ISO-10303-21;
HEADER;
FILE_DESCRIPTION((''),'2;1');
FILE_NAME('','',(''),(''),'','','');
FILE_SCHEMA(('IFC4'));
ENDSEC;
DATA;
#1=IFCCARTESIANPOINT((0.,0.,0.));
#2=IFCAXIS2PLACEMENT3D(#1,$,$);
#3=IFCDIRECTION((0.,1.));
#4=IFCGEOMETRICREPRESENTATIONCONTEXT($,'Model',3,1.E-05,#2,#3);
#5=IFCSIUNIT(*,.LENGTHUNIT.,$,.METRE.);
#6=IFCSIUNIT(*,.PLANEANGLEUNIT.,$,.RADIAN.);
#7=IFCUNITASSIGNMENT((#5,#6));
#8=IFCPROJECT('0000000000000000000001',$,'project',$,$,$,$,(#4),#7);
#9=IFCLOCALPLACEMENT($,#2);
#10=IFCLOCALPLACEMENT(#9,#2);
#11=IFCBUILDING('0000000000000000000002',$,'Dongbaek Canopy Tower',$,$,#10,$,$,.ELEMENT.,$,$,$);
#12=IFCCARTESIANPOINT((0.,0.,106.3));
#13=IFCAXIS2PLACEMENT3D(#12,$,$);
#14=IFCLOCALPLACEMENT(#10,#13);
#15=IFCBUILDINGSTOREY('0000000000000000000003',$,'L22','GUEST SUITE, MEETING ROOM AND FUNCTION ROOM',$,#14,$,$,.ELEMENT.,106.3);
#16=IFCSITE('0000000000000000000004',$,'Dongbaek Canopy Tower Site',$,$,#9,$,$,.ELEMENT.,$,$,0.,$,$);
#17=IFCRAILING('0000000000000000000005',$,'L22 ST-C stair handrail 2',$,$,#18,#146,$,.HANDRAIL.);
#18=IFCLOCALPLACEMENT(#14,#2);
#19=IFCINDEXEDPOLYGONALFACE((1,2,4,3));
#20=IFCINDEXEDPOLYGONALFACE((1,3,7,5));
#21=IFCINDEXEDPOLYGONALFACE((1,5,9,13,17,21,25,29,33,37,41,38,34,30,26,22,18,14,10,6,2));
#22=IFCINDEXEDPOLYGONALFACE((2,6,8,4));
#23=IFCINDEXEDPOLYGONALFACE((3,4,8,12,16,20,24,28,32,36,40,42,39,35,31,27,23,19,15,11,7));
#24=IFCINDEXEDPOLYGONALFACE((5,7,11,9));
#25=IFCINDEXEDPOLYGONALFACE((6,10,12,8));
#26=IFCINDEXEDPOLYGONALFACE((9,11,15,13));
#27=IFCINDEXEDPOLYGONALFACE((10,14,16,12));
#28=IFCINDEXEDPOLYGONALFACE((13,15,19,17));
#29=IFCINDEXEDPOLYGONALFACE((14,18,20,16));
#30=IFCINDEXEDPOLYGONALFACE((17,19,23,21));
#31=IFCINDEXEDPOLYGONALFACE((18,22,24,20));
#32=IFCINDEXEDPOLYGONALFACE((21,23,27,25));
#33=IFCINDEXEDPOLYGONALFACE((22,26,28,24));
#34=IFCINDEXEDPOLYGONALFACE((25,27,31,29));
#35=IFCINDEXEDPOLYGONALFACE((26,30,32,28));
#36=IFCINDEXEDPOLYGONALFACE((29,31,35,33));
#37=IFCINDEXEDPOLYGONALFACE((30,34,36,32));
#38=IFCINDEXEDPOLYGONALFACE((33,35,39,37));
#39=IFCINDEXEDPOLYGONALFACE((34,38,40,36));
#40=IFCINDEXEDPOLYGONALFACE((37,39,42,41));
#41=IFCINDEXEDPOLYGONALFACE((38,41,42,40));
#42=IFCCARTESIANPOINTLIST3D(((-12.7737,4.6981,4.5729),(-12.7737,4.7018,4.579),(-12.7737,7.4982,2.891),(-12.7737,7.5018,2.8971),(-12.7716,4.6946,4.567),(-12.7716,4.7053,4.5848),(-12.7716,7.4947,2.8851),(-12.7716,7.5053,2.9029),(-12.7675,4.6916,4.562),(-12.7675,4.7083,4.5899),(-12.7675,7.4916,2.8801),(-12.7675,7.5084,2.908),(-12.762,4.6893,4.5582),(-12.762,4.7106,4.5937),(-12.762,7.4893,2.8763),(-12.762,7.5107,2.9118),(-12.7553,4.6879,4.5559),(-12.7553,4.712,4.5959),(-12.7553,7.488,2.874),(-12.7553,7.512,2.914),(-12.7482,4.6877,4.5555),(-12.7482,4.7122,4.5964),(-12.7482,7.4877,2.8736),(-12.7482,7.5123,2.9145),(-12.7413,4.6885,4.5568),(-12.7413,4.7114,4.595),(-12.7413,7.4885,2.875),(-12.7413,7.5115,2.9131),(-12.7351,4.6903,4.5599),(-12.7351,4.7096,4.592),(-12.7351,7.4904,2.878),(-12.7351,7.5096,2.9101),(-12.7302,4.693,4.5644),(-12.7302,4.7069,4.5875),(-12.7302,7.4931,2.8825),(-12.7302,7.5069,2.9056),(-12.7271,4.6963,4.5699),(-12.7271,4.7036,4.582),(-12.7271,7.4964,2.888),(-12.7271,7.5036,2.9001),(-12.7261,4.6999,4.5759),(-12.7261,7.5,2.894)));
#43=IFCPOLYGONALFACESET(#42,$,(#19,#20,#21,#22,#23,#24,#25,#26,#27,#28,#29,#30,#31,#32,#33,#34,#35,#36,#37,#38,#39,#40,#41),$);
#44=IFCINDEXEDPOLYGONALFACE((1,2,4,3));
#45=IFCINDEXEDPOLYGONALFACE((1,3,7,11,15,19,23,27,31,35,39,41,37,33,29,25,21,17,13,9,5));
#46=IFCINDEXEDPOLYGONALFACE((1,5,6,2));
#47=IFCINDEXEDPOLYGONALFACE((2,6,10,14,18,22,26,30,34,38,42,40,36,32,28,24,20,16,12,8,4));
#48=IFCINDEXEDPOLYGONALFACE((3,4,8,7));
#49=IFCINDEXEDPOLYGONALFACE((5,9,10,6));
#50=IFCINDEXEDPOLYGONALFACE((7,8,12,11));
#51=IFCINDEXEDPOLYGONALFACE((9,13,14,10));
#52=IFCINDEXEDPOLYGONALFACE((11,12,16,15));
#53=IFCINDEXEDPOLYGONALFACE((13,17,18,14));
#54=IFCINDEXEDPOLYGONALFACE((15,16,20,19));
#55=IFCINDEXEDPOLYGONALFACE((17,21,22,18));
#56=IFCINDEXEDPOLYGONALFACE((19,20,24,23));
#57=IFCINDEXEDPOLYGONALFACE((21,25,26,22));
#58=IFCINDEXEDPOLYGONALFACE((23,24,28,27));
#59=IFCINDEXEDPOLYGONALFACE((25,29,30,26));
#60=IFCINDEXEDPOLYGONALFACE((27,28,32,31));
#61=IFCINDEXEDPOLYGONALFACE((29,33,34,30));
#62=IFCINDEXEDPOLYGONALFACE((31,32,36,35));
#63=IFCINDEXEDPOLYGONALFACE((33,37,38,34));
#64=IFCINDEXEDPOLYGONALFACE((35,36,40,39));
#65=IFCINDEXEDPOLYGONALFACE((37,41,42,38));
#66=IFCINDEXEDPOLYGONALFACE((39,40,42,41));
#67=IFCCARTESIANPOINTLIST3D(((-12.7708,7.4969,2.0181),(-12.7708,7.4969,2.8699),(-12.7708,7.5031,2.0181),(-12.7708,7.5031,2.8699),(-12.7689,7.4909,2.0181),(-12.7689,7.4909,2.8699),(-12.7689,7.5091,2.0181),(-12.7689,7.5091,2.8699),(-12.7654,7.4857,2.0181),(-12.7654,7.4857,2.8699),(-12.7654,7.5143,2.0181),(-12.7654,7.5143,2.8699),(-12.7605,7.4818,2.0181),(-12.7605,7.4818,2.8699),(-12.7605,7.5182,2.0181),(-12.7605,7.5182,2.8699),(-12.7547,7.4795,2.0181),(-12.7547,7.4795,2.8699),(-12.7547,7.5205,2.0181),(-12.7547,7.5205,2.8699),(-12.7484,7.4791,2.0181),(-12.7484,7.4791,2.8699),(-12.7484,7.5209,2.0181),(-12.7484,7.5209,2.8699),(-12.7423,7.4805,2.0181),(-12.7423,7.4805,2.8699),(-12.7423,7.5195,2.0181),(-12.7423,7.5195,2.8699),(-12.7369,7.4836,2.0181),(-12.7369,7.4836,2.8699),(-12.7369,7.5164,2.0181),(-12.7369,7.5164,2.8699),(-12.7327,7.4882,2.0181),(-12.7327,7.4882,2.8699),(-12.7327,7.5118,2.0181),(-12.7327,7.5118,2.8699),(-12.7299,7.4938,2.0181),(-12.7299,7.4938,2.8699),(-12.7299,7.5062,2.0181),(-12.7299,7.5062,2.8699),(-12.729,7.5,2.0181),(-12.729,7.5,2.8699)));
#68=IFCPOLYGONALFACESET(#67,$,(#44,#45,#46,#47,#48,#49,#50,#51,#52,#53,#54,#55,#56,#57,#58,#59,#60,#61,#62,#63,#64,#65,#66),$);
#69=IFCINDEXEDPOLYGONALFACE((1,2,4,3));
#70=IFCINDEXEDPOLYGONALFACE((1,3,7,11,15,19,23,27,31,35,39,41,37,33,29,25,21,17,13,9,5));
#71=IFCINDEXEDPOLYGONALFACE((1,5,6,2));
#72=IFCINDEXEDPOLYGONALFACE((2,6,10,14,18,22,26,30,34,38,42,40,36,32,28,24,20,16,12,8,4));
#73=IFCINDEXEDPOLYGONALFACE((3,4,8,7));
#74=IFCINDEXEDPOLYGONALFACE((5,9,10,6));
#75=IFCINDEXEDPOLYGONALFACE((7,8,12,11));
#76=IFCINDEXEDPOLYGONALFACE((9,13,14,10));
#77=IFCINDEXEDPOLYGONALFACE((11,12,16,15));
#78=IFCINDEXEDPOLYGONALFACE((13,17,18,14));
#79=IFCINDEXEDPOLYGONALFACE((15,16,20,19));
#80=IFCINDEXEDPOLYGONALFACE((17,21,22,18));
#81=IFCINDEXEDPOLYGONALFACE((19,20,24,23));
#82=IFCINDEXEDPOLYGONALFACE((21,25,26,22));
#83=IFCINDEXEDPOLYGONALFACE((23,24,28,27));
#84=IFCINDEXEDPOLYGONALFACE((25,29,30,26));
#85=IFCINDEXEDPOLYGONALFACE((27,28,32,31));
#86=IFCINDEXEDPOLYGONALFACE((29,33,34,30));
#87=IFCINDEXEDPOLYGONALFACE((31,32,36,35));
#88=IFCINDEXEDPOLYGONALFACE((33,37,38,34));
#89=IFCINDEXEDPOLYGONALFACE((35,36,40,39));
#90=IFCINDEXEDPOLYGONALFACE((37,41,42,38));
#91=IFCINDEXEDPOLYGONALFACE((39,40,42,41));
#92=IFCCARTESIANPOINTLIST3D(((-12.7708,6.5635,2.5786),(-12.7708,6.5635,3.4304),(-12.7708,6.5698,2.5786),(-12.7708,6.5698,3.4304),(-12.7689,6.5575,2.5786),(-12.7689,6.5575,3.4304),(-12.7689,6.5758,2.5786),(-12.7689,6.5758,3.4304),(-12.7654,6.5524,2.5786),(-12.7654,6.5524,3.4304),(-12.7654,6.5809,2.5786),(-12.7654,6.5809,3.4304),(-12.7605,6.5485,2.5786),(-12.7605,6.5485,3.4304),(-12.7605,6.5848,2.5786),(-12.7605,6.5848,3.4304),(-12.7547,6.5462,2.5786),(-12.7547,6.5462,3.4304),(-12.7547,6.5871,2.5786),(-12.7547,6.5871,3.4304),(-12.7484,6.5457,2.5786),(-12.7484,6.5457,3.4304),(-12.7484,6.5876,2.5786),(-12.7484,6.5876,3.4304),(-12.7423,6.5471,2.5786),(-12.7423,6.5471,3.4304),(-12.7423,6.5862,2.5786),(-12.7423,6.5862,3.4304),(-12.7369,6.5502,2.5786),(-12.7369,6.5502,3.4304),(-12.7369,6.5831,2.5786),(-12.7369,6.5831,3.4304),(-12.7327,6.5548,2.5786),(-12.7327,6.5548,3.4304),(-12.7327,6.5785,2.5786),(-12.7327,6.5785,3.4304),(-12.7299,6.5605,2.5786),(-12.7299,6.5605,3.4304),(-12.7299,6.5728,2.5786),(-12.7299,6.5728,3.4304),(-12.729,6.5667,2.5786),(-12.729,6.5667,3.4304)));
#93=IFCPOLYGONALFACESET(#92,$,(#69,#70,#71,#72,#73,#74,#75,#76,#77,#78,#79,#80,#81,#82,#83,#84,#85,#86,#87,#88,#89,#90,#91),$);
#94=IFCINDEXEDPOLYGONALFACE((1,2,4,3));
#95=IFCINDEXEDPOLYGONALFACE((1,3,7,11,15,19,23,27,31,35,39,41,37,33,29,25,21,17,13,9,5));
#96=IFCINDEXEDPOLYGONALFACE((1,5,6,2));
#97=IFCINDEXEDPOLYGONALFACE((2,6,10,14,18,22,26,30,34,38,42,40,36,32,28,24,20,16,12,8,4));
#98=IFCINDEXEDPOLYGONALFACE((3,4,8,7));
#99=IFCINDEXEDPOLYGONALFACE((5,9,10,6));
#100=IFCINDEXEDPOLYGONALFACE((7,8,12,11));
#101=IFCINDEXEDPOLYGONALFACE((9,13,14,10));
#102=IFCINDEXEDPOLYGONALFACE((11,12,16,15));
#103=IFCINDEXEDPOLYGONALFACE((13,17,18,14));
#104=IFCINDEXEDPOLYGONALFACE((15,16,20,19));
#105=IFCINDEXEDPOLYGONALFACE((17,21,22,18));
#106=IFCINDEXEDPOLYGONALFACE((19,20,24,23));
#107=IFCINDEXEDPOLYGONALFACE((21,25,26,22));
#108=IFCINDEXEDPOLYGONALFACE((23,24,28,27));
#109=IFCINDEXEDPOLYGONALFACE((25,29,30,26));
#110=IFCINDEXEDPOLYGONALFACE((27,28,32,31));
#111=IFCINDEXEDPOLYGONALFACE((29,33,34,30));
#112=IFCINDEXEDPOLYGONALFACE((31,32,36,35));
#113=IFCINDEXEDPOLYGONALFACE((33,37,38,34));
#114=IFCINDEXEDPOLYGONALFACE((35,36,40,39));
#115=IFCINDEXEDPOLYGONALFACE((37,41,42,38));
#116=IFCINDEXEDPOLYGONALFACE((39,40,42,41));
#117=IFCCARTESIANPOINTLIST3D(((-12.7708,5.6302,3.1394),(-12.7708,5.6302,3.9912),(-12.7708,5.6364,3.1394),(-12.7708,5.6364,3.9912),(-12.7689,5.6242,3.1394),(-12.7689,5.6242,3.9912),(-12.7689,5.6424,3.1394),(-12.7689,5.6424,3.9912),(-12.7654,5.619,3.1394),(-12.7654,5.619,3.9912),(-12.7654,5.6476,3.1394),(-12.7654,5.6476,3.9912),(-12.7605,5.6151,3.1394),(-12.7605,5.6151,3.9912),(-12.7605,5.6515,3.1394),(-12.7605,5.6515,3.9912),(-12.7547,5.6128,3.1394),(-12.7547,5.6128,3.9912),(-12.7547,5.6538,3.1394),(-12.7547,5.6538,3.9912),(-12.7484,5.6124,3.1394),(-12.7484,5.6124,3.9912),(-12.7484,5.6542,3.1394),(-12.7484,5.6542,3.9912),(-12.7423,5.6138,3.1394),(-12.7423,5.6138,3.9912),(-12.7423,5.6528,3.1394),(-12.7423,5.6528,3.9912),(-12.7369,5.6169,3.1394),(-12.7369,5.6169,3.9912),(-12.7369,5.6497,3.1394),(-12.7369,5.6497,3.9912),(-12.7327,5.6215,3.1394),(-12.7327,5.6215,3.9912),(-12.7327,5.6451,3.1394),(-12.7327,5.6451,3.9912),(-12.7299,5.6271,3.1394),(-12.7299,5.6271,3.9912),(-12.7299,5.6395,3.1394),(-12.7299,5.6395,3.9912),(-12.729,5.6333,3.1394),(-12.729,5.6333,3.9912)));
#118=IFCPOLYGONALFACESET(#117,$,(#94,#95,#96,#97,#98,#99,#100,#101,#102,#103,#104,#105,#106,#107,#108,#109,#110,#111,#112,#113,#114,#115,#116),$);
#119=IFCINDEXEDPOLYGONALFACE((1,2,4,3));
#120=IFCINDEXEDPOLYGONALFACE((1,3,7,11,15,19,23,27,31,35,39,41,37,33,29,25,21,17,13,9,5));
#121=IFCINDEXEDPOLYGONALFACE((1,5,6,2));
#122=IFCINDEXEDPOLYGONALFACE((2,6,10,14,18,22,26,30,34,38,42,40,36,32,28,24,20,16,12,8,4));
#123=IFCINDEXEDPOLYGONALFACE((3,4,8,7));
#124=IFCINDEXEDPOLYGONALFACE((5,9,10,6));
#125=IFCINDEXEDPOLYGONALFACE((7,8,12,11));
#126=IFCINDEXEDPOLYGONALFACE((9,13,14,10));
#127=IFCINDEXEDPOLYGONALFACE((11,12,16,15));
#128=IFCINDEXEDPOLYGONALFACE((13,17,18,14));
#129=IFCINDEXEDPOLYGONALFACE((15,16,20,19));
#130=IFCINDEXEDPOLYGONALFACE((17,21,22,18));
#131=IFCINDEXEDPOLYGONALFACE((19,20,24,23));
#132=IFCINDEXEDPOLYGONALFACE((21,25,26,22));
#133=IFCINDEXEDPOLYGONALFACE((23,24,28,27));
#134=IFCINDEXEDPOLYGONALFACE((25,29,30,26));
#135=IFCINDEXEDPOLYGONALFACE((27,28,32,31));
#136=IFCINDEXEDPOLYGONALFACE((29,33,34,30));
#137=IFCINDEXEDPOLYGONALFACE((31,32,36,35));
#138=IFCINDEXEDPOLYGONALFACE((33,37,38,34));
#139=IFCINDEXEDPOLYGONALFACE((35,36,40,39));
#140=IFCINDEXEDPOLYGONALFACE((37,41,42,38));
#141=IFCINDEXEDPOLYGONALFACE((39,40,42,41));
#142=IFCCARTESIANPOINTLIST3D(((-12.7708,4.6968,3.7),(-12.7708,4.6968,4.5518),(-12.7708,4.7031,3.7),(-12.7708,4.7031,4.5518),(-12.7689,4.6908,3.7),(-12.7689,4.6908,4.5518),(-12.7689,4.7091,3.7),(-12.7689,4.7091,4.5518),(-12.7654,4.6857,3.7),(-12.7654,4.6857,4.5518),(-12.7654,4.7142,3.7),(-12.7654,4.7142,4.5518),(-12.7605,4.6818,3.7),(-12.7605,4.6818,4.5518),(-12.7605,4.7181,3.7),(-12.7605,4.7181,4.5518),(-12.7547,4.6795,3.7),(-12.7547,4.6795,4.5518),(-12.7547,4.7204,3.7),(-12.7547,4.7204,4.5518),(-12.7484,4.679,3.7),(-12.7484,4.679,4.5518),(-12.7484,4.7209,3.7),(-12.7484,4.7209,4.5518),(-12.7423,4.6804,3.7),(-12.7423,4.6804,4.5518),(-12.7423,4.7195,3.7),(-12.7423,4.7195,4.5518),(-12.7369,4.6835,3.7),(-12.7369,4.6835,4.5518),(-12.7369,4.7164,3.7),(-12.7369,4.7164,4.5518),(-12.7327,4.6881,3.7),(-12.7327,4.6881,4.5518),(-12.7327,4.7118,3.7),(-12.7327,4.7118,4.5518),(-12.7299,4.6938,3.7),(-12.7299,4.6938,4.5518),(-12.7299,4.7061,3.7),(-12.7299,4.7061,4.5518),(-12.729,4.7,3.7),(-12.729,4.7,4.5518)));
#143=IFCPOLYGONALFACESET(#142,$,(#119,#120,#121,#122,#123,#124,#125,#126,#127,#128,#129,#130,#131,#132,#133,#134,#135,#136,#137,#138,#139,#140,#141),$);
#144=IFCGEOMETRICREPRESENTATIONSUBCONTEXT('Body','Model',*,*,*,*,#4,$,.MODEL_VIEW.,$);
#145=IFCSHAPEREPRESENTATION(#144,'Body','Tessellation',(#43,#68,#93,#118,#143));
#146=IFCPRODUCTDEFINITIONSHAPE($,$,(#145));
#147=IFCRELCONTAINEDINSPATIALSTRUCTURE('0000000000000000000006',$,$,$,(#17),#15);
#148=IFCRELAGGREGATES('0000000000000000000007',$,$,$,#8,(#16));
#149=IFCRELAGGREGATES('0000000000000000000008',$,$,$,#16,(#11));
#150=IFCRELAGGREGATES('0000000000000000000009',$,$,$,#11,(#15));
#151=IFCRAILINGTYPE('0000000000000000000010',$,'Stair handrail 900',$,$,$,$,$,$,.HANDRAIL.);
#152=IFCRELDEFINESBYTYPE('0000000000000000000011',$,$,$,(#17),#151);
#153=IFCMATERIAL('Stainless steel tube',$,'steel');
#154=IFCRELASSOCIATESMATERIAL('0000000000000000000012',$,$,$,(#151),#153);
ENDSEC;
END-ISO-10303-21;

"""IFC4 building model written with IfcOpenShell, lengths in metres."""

from ifc_helpers import new_model, si_unit, direction, frame, origin, origin_2d, place, context, subcontext, project, spatial, circle, extrude, material, type_object, element, save


model = new_model("IFC4")

# Units and contexts
model_context = context("Model", 3, precision=1e-05, world=origin(), true_north=direction((0.0, 1.0)))
body_context = subcontext(model_context, "Body", "Model", "MODEL_VIEW")
ifc_project = project(units=[si_unit("LENGTHUNIT", "METRE"), si_unit("PLANEANGLEUNIT", "RADIAN")], contexts=[model_context])

# Site, building, storey
site_placement = place(None, origin())
site = spatial("IfcSite", under=ifc_project, at=site_placement, Name="Dongbaek Canopy Tower Site", CompositionType="ELEMENT", RefElevation=0.0)
building_placement = place(site_placement, origin())
building = spatial("IfcBuilding", under=site, at=building_placement, Name="Dongbaek Canopy Tower", CompositionType="ELEMENT")
storey_placement = place(building_placement, frame((0.0, 0.0, 106.3)))
storey = spatial("IfcBuildingStorey", under=building, at=storey_placement, Name="L22", Description="GUEST SUITE, MEETING ROOM AND FUNCTION ROOM", CompositionType="ELEMENT", Elevation=106.3)

# Railing
ifc_material_1 = material(Name="Stainless steel tube", Category="steel")
railing_type_1 = type_object("IfcRailingType", Name="Stair handrail 900", PredefinedType="HANDRAIL", material=ifc_material_1)
railing_1_placement = place(storey_placement, frame((-12.75, 7.5, 2.0181)))
element("IfcRailing", 1, at=railing_1_placement, inside=storey, type_object=railing_type_1, Name="L22 ST-C stair handrail 2", PredefinedType="HANDRAIL", context=body_context, shape_type="SweptSolid", body=[
    extrude(circle(Radius=0.0239, at=origin_2d()), frame((0.0, 0.0, 0.876), z_axis=(0.0, -0.857242, 0.514913), x_axis=(1.0, 0.0, 0.0)), (0.0, 0.0, 1.0), 3.2664),
    extrude(circle(Radius=0.021, at=origin_2d()), origin(), (0.0, 0.0, 1.0), 0.8518),
    extrude(circle(Radius=0.021, at=origin_2d()), frame((0.0, -0.9333, 0.5605)), (0.0, 0.0, 1.0), 0.8518),
    extrude(circle(Radius=0.021, at=origin_2d()), frame((0.0, -1.8667, 1.1213)), (0.0, 0.0, 1.0), 0.8518),
    extrude(circle(Radius=0.021, at=origin_2d()), frame((0.0, -2.8, 1.6819)), (0.0, 0.0, 1.0), 0.8518),
])

save(model, "model.ifc")
